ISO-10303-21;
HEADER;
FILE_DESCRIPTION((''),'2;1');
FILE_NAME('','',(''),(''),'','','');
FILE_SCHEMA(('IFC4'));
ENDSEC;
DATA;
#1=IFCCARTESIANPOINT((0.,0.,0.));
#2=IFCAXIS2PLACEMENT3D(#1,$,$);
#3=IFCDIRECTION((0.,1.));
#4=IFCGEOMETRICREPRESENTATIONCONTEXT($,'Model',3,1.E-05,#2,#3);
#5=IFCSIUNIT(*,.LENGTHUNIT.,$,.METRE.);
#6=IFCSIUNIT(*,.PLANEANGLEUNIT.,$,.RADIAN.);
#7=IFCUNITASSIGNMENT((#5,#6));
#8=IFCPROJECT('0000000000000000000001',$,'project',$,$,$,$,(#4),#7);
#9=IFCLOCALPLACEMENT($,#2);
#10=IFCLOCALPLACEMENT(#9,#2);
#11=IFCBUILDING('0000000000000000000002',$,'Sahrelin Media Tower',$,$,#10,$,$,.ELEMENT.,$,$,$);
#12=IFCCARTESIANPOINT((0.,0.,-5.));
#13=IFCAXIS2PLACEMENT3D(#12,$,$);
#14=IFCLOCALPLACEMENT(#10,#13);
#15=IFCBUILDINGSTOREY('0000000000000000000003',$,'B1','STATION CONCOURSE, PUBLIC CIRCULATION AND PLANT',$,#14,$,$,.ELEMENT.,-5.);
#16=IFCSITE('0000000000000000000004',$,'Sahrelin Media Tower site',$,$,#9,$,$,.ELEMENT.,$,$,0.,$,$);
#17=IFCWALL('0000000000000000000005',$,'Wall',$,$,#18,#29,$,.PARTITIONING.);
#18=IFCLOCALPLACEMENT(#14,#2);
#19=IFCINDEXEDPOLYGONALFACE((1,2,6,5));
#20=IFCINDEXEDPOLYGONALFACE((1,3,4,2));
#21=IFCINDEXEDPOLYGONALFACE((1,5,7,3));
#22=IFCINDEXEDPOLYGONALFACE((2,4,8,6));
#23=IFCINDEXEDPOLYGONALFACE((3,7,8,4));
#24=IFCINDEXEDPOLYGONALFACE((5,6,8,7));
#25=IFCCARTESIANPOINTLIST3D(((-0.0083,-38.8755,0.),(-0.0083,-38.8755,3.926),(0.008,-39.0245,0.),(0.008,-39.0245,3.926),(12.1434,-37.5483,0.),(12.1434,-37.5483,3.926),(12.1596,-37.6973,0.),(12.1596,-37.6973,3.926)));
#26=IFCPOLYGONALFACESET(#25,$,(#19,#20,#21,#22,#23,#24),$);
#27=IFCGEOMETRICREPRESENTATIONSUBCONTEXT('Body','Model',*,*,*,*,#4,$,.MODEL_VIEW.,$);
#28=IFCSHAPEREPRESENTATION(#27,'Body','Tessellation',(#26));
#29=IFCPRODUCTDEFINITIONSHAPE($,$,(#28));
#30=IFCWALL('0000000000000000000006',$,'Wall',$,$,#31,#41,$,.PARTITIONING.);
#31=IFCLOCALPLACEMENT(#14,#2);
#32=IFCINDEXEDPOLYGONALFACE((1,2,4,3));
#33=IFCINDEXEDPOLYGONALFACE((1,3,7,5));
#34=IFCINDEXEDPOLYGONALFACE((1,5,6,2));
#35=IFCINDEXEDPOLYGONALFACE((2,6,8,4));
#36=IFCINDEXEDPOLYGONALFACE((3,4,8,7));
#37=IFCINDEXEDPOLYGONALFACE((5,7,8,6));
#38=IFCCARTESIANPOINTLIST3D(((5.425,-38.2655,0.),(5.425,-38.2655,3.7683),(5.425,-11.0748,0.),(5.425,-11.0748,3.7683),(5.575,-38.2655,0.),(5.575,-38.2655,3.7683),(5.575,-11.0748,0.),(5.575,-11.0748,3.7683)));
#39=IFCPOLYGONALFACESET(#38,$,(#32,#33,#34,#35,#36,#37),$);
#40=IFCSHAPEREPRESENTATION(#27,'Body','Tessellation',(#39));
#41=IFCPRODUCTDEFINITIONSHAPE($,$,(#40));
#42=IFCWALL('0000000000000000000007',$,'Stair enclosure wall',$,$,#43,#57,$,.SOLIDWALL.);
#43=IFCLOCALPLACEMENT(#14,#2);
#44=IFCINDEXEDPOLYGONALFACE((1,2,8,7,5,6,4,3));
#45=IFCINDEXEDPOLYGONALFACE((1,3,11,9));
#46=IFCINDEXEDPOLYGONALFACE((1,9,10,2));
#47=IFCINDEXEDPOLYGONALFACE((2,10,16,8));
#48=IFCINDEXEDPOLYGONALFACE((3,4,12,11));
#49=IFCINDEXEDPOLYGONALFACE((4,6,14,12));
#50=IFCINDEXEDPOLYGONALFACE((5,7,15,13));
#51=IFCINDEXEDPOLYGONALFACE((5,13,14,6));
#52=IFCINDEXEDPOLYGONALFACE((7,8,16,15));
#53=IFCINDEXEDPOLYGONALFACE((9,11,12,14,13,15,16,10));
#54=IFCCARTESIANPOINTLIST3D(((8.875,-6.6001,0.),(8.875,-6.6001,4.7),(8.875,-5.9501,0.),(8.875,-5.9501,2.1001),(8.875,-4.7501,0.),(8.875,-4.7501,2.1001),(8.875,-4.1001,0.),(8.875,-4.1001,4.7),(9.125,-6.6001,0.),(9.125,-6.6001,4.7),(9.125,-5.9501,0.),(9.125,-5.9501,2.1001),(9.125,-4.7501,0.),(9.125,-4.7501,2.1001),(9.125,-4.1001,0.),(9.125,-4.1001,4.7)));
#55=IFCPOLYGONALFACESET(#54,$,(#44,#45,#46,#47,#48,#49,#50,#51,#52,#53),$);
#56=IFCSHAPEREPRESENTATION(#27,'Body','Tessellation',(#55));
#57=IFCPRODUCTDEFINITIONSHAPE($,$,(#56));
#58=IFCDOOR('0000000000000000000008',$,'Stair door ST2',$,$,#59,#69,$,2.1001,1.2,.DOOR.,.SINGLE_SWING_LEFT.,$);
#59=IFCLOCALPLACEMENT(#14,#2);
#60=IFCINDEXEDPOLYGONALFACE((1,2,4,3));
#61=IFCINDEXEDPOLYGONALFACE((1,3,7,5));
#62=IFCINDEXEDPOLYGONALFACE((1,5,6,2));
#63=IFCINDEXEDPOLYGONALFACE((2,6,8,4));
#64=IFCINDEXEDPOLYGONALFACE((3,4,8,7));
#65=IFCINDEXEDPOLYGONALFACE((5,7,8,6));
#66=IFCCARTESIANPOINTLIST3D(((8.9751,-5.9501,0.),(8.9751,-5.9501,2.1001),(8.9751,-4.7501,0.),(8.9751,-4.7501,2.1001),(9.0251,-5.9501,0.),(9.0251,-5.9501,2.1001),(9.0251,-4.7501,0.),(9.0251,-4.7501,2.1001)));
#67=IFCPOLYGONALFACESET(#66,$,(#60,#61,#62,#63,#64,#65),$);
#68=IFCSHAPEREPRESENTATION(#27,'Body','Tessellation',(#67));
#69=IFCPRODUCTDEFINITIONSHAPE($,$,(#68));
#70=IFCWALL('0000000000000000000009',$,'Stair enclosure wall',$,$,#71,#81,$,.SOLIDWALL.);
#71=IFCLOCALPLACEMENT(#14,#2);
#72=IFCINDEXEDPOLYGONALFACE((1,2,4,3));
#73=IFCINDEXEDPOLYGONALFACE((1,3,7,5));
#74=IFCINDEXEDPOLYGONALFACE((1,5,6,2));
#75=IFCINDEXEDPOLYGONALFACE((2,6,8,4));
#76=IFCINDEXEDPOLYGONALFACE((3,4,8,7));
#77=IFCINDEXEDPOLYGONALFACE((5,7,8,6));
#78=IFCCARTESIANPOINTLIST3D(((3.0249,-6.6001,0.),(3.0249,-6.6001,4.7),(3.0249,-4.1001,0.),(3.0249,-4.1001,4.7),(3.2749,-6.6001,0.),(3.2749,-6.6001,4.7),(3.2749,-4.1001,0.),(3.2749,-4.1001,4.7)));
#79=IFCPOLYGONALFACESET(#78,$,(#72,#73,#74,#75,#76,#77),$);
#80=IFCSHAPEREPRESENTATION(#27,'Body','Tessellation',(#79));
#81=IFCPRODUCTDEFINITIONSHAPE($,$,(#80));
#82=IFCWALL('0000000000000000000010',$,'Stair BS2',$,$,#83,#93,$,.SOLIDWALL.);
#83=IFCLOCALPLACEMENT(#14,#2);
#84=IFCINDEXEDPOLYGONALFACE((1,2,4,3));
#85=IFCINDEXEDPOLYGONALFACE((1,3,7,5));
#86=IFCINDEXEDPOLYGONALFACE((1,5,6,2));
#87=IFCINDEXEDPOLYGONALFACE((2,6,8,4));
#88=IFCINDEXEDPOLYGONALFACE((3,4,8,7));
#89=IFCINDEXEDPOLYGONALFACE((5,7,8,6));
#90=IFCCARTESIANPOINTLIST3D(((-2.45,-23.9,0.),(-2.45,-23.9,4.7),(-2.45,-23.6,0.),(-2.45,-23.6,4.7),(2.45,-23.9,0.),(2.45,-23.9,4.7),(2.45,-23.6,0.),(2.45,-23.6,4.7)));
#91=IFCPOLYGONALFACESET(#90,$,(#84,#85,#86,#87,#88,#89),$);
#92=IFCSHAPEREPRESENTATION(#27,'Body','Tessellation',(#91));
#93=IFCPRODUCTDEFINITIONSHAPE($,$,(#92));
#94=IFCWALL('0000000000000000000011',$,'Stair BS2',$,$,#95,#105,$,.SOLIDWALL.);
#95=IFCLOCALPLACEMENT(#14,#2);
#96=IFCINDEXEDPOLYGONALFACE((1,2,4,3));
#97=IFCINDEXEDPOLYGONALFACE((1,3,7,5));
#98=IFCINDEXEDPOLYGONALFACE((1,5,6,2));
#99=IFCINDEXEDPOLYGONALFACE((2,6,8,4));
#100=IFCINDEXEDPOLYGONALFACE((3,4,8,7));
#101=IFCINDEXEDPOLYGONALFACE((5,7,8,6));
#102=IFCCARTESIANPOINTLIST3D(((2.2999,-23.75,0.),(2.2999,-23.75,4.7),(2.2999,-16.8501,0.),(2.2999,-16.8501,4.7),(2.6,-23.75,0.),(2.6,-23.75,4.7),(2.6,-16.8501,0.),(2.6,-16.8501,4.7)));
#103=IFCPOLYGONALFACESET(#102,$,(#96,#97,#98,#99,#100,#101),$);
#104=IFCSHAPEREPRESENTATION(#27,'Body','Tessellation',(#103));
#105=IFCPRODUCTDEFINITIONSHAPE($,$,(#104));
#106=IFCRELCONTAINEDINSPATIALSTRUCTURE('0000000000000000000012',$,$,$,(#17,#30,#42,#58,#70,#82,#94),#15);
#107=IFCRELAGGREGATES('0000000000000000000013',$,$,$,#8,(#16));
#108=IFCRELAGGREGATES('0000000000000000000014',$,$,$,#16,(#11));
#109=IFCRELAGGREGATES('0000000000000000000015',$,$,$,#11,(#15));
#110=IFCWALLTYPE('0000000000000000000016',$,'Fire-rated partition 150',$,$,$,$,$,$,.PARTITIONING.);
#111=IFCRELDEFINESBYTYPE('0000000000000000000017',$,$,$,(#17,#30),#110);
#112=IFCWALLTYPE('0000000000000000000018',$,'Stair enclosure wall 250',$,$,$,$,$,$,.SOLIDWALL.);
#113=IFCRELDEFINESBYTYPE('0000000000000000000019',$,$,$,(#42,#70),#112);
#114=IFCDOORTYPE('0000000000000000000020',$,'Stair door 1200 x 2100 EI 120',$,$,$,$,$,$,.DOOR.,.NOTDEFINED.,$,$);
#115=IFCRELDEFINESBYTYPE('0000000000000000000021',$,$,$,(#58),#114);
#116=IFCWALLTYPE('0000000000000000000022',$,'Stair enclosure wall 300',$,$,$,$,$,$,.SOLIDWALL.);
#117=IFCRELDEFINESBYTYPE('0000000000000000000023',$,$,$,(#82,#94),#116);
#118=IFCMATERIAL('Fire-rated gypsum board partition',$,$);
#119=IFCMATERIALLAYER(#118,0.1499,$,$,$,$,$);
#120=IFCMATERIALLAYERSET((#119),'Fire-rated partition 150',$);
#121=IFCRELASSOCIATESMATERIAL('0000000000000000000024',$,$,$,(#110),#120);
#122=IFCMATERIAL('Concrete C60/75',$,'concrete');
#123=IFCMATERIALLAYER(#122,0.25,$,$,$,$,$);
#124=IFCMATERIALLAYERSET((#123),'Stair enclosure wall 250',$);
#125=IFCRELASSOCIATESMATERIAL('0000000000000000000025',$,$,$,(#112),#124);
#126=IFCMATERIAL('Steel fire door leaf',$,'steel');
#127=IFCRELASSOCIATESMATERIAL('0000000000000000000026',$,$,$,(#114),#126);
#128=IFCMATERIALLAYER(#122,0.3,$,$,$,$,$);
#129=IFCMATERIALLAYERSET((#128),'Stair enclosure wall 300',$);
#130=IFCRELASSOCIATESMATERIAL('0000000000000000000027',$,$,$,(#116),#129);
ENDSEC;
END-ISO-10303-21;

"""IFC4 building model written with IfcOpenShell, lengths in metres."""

from ifc_helpers import new_model, si_unit, direction, frame, frame_2d, origin, place, context, subcontext, project, spatial, rectangle, extrude, material, layer, layer_set, type_object, element, fill, save


model = new_model("IFC4")

# Units and contexts
model_context = context("Model", 3, precision=1e-05, world=origin(), true_north=direction((0.0, 1.0)))
body_context = subcontext(model_context, "Body", "Model", "MODEL_VIEW")
ifc_project = project(units=[si_unit("LENGTHUNIT", "METRE"), si_unit("PLANEANGLEUNIT", "RADIAN")], contexts=[model_context])

# Site, building, storey
site_placement = place(None, origin())
site = spatial("IfcSite", under=ifc_project, at=site_placement, Name="Sahrelin Media Tower site", CompositionType="ELEMENT", RefElevation=0.0)
building_placement = place(site_placement, origin())
building = spatial("IfcBuilding", under=site, at=building_placement, Name="Sahrelin Media Tower", CompositionType="ELEMENT")
storey_placement = place(building_placement, frame((0.0, 0.0, -5.0)))
storey = spatial("IfcBuildingStorey", under=building, at=storey_placement, Name="B1", Description="STATION CONCOURSE, PUBLIC CIRCULATION AND PLANT", CompositionType="ELEMENT", Elevation=-5.0)

# Shared definitions
ifc_material_1 = material(Name="Concrete C60/75", Category="concrete")

# Walls
ifc_material_2 = material(Name="Fire-rated gypsum board partition")
ifc_layer_1 = layer(ifc_material_2, 0.1499)
ifc_layer_set_1 = layer_set([ifc_layer_1], Name="Fire-rated partition 150")
wall_type_1 = type_object("IfcWallType", Name="Fire-rated partition 150", PredefinedType="PARTITIONING", material=ifc_layer_set_1)
wall_1_placement = place(storey_placement, frame((0.0, -38.95, 0.0), z_axis=(0.0, 0.0, 1.0), x_axis=(0.994089, 0.10857, 0.0)))
element("IfcWall", 1, at=wall_1_placement, inside=storey, type_object=wall_type_1, Name="Wall", PredefinedType="PARTITIONING", context=body_context, shape_type="SweptSolid", body=[
    extrude(rectangle(XDim=12.2239, YDim=0.1499, at=frame_2d((6.1118, 0.0))), origin(), (0.0, 0.0, 1.0), 3.926),
])
wall_2_placement = place(storey_placement, frame((5.5, -11.075, 0.0), z_axis=(0.0, 0.0, 1.0), x_axis=(0.0, -1.0, 0.0)))
element("IfcWall", 2, at=wall_2_placement, inside=storey, type_object=wall_type_1, Name="Wall", PredefinedType="PARTITIONING", context=body_context, shape_type="SweptSolid", body=[
    extrude(rectangle(XDim=27.1907, YDim=0.1499, at=frame_2d((13.5952, 0.0))), origin(), (0.0, 0.0, 1.0), 3.7683),
])

# Wall, opening, door
ifc_layer_2 = layer(ifc_material_1, 0.25)
ifc_layer_set_2 = layer_set([ifc_layer_2], Name="Stair enclosure wall 250")
wall_type_2 = type_object("IfcWallType", Name="Stair enclosure wall 250", PredefinedType="SOLIDWALL", material=ifc_layer_set_2)
wall_3_placement = place(storey_placement, frame((9.0, -6.6001, 0.0), z_axis=(0.0, 0.0, 1.0), x_axis=(0.0, 1.0, 0.0)))
wall_3 = element("IfcWall", 3, at=wall_3_placement, inside=storey, type_object=wall_type_2, Name="Stair enclosure wall", PredefinedType="SOLIDWALL", context=body_context, shape_type="SweptSolid", body=[
    extrude(rectangle(XDim=2.5, YDim=0.25, at=frame_2d((1.25, 0.0))), origin(), (0.0, 0.0, 1.0), 4.7),
])
opening_placement = place(wall_3_placement, frame((0.6499, 0.0, 0.0)))
opening = element("IfcOpeningElement", 4, at=opening_placement, cuts=wall_3, PredefinedType="OPENING", context=body_context, shape_type="SweptSolid", body=[
    extrude(rectangle(XDim=1.2, YDim=2.1001, at=frame_2d((0.6001, 1.05))), frame((0.0, 0.125, 0.0), z_axis=(0.0, -1.0, 0.0), x_axis=(1.0, 0.0, 0.0)), (0.0, 0.0, 1.0), 0.25),
])
ifc_material_3 = material(Name="Steel fire door leaf", Category="steel")
door_type = type_object("IfcDoorType", Name="Stair door 1200 x 2100 EI 120", OperationType="NOTDEFINED", PredefinedType="DOOR", material=ifc_material_3)
door_placement = place(opening_placement, origin())
door = element("IfcDoor", 5, at=door_placement, inside=storey, type_object=door_type, Name="Stair door ST2", OperationType="SINGLE_SWING_LEFT", OverallHeight=2.1001, OverallWidth=1.2, PredefinedType="DOOR", context=body_context, shape_type="SweptSolid", body=[
    extrude(rectangle(XDim=1.2, YDim=2.1001, at=frame_2d((0.6001, 1.05))), frame((0.0, 0.0249, 0.0), z_axis=(0.0, -1.0, 0.0), x_axis=(1.0, 0.0, 0.0)), (0.0, 0.0, 1.0), 0.05),
])
fill(opening, door)

# Walls
wall_4_placement = place(storey_placement, frame((3.1499, -6.6001, 0.0), z_axis=(0.0, 0.0, 1.0), x_axis=(0.0, 1.0, 0.0)))
element("IfcWall", 6, at=wall_4_placement, inside=storey, type_object=wall_type_2, Name="Stair enclosure wall", PredefinedType="SOLIDWALL", context=body_context, shape_type="SweptSolid", body=[
    extrude(rectangle(XDim=2.5, YDim=0.25, at=frame_2d((1.25, 0.0))), origin(), (0.0, 0.0, 1.0), 4.7),
])
ifc_layer_3 = layer(ifc_material_1, 0.3)
ifc_layer_set_3 = layer_set([ifc_layer_3], Name="Stair enclosure wall 300")
wall_type_3 = type_object("IfcWallType", Name="Stair enclosure wall 300", PredefinedType="SOLIDWALL", material=ifc_layer_set_3)
wall_5_placement = place(storey_placement, frame((2.45, -23.75, 0.0), z_axis=(0.0, 0.0, 1.0), x_axis=(-1.0, 0.0, 0.0)))
element("IfcWall", 7, at=wall_5_placement, inside=storey, type_object=wall_type_3, Name="Stair BS2", PredefinedType="SOLIDWALL", context=body_context, shape_type="SweptSolid", body=[
    extrude(rectangle(XDim=4.8999, YDim=0.3, at=frame_2d((2.45, 0.0))), origin(), (0.0, 0.0, 1.0), 4.7),
])
wall_6_placement = place(storey_placement, frame((2.45, -16.8501, 0.0), z_axis=(0.0, 0.0, 1.0), x_axis=(0.0, -1.0, 0.0)))
element("IfcWall", 8, at=wall_6_placement, inside=storey, type_object=wall_type_3, Name="Stair BS2", PredefinedType="SOLIDWALL", context=body_context, shape_type="SweptSolid", body=[
    extrude(rectangle(XDim=6.8999, YDim=0.3, at=frame_2d((3.45, 0.0))), origin(), (0.0, 0.0, 1.0), 4.7),
])

save(model, "model.ifc")
